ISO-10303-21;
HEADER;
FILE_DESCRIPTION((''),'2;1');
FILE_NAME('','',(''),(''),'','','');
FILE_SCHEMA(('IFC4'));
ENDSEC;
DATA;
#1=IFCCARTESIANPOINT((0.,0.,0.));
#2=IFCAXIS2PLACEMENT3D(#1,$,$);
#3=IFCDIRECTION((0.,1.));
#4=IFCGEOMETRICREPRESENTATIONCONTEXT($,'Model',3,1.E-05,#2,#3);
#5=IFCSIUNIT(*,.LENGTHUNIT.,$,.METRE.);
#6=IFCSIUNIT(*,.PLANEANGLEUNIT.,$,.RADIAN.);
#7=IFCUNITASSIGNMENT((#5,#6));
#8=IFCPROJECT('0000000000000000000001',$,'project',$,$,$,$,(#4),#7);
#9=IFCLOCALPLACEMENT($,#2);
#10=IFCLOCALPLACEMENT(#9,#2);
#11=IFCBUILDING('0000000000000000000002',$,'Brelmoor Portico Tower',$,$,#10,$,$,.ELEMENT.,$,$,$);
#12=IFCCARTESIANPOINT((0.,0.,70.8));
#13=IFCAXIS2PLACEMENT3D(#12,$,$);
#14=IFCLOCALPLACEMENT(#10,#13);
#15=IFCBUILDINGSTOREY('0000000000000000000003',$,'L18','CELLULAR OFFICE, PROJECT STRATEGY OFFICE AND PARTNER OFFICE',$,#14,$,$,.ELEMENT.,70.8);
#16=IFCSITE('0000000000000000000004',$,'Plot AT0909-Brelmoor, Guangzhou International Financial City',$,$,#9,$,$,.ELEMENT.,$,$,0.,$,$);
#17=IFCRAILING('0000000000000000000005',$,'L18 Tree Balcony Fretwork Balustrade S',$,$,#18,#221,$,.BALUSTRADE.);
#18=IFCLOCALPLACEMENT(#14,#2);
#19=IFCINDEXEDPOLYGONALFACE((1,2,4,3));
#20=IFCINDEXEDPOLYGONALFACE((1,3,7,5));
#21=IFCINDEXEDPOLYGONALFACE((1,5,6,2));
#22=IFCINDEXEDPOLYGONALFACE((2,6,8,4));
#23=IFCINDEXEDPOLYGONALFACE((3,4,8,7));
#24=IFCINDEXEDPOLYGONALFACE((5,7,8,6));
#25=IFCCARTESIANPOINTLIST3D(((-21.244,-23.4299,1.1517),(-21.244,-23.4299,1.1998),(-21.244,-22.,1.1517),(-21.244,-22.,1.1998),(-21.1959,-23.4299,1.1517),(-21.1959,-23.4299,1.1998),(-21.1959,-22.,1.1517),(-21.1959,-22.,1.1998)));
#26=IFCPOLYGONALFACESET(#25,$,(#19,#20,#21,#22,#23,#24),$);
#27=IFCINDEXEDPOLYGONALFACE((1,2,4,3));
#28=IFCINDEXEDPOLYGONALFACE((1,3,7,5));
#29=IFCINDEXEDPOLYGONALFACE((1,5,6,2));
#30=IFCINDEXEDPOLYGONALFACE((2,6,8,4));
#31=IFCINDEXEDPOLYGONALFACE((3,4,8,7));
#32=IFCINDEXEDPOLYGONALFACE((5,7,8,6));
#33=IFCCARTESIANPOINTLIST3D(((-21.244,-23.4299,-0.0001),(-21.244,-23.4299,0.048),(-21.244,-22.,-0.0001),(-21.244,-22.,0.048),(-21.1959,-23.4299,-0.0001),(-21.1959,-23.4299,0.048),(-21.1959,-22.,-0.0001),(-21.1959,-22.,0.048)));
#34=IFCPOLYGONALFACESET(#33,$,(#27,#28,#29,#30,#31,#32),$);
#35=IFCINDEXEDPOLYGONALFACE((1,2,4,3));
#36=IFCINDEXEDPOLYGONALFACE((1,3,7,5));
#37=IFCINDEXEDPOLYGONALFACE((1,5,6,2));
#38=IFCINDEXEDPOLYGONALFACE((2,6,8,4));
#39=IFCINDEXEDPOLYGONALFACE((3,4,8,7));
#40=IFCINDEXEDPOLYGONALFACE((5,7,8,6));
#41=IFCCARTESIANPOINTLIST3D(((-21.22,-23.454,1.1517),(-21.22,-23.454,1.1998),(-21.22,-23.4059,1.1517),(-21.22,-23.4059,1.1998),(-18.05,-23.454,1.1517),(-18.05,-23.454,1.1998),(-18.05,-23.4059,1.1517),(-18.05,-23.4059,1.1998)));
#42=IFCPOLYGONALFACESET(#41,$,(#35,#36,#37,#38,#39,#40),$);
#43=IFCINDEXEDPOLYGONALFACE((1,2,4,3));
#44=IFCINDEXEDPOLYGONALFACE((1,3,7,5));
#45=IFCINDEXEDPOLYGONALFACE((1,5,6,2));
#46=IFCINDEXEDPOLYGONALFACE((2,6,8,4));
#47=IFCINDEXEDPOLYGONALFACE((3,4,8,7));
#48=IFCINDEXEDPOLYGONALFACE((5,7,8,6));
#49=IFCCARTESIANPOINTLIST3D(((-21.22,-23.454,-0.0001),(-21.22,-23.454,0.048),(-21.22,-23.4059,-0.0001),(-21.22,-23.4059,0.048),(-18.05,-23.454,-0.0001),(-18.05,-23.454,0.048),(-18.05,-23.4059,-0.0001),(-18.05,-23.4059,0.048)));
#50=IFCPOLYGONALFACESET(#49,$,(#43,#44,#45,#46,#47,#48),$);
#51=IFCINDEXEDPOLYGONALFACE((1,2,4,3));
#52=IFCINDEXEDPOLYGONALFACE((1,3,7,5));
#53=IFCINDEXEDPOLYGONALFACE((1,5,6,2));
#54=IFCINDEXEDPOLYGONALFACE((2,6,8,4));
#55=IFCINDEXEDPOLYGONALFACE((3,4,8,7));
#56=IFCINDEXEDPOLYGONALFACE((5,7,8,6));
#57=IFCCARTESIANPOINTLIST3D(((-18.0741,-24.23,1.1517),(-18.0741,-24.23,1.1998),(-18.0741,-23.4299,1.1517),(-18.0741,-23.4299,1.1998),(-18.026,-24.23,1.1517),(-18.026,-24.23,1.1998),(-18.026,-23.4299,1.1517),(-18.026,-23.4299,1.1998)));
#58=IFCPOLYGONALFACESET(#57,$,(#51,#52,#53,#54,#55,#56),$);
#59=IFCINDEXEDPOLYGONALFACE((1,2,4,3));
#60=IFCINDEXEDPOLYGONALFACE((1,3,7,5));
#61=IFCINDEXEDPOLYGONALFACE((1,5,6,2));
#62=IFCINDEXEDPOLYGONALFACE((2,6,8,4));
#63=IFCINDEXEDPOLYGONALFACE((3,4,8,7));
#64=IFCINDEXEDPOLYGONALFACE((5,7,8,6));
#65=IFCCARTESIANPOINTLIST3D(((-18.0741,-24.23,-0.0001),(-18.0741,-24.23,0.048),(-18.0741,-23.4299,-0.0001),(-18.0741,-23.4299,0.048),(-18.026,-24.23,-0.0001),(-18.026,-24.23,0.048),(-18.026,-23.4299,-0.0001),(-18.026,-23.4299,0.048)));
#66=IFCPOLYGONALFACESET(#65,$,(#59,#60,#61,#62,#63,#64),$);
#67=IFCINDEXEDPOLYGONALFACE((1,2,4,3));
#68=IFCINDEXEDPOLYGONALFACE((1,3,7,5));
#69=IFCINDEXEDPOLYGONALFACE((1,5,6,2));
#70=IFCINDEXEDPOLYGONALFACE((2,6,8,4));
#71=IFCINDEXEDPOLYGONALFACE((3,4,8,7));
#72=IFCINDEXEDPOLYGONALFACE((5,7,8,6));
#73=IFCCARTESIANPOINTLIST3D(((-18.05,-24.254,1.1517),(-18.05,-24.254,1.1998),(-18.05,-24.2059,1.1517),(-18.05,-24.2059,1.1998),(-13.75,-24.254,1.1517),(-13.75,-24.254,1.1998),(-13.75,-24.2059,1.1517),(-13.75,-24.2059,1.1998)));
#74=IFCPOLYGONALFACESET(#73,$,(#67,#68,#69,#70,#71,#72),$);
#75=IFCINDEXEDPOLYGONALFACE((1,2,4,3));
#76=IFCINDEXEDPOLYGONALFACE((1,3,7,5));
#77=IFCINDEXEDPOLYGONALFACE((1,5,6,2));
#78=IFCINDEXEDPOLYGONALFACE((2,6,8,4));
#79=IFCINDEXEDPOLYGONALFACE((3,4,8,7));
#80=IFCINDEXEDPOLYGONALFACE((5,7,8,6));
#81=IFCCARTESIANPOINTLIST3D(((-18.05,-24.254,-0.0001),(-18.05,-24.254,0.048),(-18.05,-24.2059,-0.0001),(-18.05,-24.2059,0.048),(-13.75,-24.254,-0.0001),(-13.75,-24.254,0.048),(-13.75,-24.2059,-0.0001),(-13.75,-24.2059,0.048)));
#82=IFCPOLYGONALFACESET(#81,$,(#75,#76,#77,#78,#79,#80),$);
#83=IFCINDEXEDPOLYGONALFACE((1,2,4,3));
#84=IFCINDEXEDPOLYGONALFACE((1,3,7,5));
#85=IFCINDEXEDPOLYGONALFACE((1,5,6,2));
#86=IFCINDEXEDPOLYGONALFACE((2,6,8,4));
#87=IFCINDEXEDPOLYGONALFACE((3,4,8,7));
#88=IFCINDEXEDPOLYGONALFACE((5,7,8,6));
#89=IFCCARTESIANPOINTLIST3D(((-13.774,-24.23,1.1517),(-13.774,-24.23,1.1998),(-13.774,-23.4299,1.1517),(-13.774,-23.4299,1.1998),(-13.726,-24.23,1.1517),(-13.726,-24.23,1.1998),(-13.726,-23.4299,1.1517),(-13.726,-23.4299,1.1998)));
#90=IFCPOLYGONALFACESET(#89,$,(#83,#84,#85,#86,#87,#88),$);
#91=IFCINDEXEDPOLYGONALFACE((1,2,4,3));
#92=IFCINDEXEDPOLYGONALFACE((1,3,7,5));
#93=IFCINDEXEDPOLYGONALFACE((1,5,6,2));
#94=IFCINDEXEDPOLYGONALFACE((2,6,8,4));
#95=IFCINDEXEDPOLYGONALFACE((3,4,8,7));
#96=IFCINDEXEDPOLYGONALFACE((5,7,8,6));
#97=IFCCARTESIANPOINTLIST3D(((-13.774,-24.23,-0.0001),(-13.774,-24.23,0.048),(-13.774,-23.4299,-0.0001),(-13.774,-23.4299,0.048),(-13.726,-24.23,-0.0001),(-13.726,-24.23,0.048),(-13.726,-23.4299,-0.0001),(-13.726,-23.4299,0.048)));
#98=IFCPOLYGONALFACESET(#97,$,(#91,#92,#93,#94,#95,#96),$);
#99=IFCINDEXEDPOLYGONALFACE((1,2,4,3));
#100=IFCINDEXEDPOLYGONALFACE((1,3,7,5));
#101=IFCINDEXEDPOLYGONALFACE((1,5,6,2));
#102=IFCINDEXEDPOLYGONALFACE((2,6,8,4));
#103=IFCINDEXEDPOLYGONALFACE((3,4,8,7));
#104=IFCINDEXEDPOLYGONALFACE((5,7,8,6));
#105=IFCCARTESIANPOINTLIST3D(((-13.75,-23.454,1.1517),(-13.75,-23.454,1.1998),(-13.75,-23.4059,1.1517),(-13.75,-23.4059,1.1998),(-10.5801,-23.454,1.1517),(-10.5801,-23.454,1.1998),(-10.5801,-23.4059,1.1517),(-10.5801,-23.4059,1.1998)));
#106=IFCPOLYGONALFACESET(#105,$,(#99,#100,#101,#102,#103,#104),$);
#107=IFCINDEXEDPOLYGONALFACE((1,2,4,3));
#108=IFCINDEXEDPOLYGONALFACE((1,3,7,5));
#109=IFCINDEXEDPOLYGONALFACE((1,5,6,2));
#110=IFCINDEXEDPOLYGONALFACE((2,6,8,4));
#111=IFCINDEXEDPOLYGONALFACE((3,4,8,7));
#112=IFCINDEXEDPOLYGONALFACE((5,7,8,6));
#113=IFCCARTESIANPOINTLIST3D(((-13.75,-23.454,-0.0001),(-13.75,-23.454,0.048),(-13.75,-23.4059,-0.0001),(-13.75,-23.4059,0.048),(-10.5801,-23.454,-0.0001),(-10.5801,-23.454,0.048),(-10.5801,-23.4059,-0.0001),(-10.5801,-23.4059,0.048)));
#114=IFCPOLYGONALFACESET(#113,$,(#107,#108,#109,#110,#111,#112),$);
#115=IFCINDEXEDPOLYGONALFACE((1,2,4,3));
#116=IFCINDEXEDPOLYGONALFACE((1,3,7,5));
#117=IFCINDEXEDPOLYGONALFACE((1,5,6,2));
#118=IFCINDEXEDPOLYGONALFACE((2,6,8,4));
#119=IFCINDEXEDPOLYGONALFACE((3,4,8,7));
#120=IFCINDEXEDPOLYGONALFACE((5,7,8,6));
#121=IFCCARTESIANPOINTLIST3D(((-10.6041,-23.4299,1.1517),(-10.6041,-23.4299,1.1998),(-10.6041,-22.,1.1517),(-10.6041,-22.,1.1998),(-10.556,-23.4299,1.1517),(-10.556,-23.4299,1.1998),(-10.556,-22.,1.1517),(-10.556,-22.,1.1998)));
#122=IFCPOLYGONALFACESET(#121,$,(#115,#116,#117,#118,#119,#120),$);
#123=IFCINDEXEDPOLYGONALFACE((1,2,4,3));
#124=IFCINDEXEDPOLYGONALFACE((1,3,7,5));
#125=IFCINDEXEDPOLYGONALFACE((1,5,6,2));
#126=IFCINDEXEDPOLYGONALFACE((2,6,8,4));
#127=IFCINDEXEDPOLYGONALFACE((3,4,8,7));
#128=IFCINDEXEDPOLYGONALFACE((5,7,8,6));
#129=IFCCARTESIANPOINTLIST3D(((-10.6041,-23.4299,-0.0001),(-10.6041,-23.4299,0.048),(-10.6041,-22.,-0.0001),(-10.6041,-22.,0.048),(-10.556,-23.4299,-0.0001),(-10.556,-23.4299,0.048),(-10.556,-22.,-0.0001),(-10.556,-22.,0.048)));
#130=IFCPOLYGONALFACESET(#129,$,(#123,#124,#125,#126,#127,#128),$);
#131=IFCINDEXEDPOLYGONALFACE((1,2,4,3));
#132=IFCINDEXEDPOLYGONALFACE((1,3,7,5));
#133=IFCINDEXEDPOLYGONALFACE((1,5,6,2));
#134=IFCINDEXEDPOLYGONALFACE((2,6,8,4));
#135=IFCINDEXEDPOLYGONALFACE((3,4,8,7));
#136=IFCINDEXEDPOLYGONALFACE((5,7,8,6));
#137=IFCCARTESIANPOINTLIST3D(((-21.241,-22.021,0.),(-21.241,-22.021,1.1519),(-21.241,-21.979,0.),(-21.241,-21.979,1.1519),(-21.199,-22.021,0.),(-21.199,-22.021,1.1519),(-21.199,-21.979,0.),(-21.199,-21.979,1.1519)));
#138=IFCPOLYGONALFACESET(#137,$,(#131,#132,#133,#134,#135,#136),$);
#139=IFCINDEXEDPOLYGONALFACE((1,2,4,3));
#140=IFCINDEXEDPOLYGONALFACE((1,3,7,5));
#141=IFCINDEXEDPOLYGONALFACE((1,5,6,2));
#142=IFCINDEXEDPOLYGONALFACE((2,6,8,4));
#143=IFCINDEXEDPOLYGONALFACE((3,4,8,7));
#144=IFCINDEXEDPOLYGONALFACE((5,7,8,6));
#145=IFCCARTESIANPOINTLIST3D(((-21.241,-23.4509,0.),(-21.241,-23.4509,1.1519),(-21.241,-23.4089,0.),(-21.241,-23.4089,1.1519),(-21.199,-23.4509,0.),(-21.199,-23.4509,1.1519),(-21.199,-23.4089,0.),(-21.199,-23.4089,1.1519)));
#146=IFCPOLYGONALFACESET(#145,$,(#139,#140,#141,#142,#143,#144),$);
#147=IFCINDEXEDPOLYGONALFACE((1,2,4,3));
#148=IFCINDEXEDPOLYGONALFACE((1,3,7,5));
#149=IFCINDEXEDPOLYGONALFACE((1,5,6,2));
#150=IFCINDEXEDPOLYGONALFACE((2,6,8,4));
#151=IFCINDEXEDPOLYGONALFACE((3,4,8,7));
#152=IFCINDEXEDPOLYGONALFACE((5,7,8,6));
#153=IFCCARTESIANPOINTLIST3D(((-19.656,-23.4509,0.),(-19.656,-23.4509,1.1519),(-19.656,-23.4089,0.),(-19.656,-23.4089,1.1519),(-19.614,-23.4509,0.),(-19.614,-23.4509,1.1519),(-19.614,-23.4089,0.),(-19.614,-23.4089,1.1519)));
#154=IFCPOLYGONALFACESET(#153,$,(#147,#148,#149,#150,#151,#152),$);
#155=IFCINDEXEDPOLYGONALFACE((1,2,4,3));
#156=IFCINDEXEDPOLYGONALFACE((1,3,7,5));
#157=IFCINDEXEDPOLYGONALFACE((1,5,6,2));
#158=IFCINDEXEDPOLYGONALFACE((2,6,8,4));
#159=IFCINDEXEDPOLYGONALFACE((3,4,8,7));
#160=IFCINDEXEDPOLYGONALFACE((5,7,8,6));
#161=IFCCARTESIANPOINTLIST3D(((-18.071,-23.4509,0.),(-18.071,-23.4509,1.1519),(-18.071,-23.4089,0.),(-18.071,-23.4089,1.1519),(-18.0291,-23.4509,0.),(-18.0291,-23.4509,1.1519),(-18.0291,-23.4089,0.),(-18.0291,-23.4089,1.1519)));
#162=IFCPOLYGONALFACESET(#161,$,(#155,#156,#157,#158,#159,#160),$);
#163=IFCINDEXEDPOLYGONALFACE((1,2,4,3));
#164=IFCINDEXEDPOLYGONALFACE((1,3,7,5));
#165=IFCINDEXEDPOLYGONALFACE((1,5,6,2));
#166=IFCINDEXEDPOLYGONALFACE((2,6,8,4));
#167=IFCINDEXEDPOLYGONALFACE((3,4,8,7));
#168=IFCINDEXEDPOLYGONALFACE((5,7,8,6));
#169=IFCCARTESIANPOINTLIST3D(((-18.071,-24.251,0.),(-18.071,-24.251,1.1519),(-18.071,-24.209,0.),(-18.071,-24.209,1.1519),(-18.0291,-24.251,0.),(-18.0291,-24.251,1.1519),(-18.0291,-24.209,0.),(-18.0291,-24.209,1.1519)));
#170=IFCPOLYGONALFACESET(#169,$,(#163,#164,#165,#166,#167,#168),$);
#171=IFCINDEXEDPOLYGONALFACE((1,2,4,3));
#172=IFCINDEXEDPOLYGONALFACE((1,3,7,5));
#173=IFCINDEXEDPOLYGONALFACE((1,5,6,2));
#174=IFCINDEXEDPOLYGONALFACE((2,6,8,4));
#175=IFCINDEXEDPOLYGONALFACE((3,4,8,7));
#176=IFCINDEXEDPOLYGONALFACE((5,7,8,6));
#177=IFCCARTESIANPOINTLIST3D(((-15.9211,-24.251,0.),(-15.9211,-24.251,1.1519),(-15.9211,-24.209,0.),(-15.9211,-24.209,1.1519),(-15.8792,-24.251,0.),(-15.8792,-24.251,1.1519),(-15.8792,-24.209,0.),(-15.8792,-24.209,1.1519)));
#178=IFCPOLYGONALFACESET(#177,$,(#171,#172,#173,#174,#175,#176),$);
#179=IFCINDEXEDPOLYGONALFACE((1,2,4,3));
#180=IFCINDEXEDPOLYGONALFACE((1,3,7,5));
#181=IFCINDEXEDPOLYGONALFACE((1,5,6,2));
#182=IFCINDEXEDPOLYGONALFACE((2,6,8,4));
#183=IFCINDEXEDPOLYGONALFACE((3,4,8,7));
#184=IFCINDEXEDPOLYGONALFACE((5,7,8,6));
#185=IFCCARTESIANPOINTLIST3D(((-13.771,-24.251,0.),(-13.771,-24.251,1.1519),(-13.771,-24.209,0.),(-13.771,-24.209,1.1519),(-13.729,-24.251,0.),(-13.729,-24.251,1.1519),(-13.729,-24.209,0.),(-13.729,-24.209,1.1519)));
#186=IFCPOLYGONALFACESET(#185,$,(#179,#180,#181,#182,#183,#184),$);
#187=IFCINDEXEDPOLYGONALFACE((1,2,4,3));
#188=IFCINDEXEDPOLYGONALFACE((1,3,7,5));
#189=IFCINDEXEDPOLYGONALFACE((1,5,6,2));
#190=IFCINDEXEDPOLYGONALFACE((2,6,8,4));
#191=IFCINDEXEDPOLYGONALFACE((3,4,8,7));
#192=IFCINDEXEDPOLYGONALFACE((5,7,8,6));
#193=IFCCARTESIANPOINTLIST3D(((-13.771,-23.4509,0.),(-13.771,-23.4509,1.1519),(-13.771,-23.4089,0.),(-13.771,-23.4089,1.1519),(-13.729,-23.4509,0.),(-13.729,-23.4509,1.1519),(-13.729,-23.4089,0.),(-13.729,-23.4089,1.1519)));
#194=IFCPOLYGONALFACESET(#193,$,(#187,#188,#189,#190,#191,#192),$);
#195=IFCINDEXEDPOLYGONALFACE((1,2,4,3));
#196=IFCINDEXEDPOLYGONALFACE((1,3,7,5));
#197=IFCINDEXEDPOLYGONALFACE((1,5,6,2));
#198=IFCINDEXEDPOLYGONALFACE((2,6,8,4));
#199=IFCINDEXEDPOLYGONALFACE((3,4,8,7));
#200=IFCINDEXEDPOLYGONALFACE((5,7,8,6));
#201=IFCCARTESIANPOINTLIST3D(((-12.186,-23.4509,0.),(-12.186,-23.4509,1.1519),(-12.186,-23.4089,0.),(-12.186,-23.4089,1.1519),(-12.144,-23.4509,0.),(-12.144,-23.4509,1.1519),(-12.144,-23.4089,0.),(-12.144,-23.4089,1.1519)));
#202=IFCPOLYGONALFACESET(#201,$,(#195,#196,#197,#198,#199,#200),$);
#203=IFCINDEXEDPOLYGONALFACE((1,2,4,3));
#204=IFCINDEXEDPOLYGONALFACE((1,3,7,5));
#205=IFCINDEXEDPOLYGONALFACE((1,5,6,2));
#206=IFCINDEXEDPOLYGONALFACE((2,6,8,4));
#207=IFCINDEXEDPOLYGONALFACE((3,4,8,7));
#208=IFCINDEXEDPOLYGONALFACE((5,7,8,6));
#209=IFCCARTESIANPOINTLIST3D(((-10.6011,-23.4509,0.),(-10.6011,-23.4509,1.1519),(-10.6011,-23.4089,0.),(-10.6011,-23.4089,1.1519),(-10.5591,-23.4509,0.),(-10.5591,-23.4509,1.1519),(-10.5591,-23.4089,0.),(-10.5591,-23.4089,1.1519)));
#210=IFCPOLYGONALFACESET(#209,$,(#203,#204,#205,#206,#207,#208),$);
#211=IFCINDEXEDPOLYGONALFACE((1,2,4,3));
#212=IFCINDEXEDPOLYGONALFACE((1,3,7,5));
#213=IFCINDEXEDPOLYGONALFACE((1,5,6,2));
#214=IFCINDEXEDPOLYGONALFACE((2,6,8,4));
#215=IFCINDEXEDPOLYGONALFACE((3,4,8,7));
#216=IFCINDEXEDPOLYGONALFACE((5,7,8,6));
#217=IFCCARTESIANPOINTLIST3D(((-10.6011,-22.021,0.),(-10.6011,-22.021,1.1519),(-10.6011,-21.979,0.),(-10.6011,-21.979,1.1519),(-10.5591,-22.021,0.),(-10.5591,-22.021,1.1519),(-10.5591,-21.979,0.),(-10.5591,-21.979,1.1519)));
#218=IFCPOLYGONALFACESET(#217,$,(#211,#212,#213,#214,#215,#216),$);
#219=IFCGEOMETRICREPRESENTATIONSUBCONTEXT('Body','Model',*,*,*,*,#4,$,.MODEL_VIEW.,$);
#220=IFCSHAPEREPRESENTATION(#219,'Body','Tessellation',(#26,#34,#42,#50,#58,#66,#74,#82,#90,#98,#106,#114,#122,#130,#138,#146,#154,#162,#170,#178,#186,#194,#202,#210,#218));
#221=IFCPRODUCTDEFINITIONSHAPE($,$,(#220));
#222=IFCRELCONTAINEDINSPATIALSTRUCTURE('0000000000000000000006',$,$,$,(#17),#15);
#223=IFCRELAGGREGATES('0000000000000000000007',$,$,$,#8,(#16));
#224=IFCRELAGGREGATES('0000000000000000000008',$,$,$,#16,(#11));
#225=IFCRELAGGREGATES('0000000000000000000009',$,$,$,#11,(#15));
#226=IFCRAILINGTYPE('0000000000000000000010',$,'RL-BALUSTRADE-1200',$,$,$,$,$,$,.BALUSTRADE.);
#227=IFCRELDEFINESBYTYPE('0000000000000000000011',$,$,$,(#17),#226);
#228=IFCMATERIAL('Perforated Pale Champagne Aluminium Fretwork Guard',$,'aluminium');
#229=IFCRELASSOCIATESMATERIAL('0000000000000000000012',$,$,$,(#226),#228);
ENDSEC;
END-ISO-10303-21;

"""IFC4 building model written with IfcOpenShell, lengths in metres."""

from ifc_helpers import new_model, si_unit, direction, frame, origin, origin_2d, place, context, subcontext, project, spatial, rectangle, extrude, material, type_object, element, save


model = new_model("IFC4")

# Units and contexts
model_context = context("Model", 3, precision=1e-05, world=origin(), true_north=direction((0.0, 1.0)))
body_context = subcontext(model_context, "Body", "Model", "MODEL_VIEW")
ifc_project = project(units=[si_unit("LENGTHUNIT", "METRE"), si_unit("PLANEANGLEUNIT", "RADIAN")], contexts=[model_context])

# Site, building, storey
site_placement = place(None, origin())
site = spatial("IfcSite", under=ifc_project, at=site_placement, Name="Plot AT0909-Brelmoor, Guangzhou International Financial City", CompositionType="ELEMENT", RefElevation=0.0)
building_placement = place(site_placement, origin())
building = spatial("IfcBuilding", under=site, at=building_placement, Name="Brelmoor Portico Tower", CompositionType="ELEMENT")
storey_placement = place(building_placement, frame((0.0, 0.0, 70.8)))
storey = spatial("IfcBuildingStorey", under=building, at=storey_placement, Name="L18", Description="CELLULAR OFFICE, PROJECT STRATEGY OFFICE AND PARTNER OFFICE", CompositionType="ELEMENT", Elevation=70.8)

# Railing
ifc_material_1 = material(Name="Perforated Pale Champagne Aluminium Fretwork Guard", Category="aluminium")
railing_type = type_object("IfcRailingType", Name="RL-BALUSTRADE-1200", PredefinedType="BALUSTRADE", material=ifc_material_1)
railing_1_placement = place(storey_placement, frame((-21.22, -22.0, 0.0)))
element("IfcRailing", 1, at=railing_1_placement, inside=storey, type_object=railing_type, Name="L18 Tree Balcony Fretwork Balustrade S", PredefinedType="BALUSTRADE", context=body_context, shape_type="SweptSolid", body=[
    extrude(rectangle(XDim=0.0481, YDim=0.0481, at=origin_2d()), frame((0.0, 0.0, 1.1758), z_axis=(0.0, -1.0, 0.0), x_axis=(1.0, 0.0, 0.0)), (0.0, 0.0, 1.0), 1.4299),
    extrude(rectangle(XDim=0.0481, YDim=0.0481, at=origin_2d()), frame((0.0, 0.0, 0.0239), z_axis=(0.0, -1.0, 0.0), x_axis=(1.0, 0.0, 0.0)), (0.0, 0.0, 1.0), 1.4299),
    extrude(rectangle(XDim=0.0481, YDim=0.0481, at=origin_2d()), frame((0.0, -1.4299, 1.1758), z_axis=(1.0, 0.0, 0.0), x_axis=(0.0, 1.0, 0.0)), (0.0, 0.0, 1.0), 3.1699),
    extrude(rectangle(XDim=0.0481, YDim=0.0481, at=origin_2d()), frame((0.0, -1.4299, 0.0239), z_axis=(1.0, 0.0, 0.0), x_axis=(0.0, 1.0, 0.0)), (0.0, 0.0, 1.0), 3.1699),
    extrude(rectangle(XDim=0.0481, YDim=0.0481, at=origin_2d()), frame((3.1699, -1.4299, 1.1758), z_axis=(0.0, -1.0, 0.0), x_axis=(1.0, 0.0, 0.0)), (0.0, 0.0, 1.0), 0.8),
    extrude(rectangle(XDim=0.0481, YDim=0.0481, at=origin_2d()), frame((3.1699, -1.4299, 0.0239), z_axis=(0.0, -1.0, 0.0), x_axis=(1.0, 0.0, 0.0)), (0.0, 0.0, 1.0), 0.8),
    extrude(rectangle(XDim=0.0481, YDim=0.0481, at=origin_2d()), frame((3.1699, -2.23, 1.1758), z_axis=(1.0, 0.0, 0.0), x_axis=(0.0, 1.0, 0.0)), (0.0, 0.0, 1.0), 4.3),
    extrude(rectangle(XDim=0.0481, YDim=0.0481, at=origin_2d()), frame((3.1699, -2.23, 0.0239), z_axis=(1.0, 0.0, 0.0), x_axis=(0.0, 1.0, 0.0)), (0.0, 0.0, 1.0), 4.3),
    extrude(rectangle(XDim=0.0481, YDim=0.0481, at=origin_2d()), frame((7.47, -2.23, 1.1758), z_axis=(0.0, 1.0, 0.0), x_axis=(-1.0, 0.0, 0.0)), (0.0, 0.0, 1.0), 0.8),
    extrude(rectangle(XDim=0.0481, YDim=0.0481, at=origin_2d()), frame((7.47, -2.23, 0.0239), z_axis=(0.0, 1.0, 0.0), x_axis=(-1.0, 0.0, 0.0)), (0.0, 0.0, 1.0), 0.8),
    extrude(rectangle(XDim=0.0481, YDim=0.0481, at=origin_2d()), frame((7.47, -1.4299, 1.1758), z_axis=(1.0, 0.0, 0.0), x_axis=(0.0, 1.0, 0.0)), (0.0, 0.0, 1.0), 3.1699),
    extrude(rectangle(XDim=0.0481, YDim=0.0481, at=origin_2d()), frame((7.47, -1.4299, 0.0239), z_axis=(1.0, 0.0, 0.0), x_axis=(0.0, 1.0, 0.0)), (0.0, 0.0, 1.0), 3.1699),
    extrude(rectangle(XDim=0.0481, YDim=0.0481, at=origin_2d()), frame((10.6399, -1.4299, 1.1758), z_axis=(0.0, 1.0, 0.0), x_axis=(-1.0, 0.0, 0.0)), (0.0, 0.0, 1.0), 1.4299),
    extrude(rectangle(XDim=0.0481, YDim=0.0481, at=origin_2d()), frame((10.6399, -1.4299, 0.0239), z_axis=(0.0, 1.0, 0.0), x_axis=(-1.0, 0.0, 0.0)), (0.0, 0.0, 1.0), 1.4299),
    extrude(rectangle(XDim=0.042, YDim=0.042, at=origin_2d()), origin(), (0.0, 0.0, 1.0), 1.1519),
    extrude(rectangle(XDim=0.042, YDim=0.042, at=origin_2d()), frame((0.0, -1.4299, 0.0)), (0.0, 0.0, 1.0), 1.1519),
    extrude(rectangle(XDim=0.042, YDim=0.042, at=origin_2d()), frame((1.585, -1.4299, 0.0)), (0.0, 0.0, 1.0), 1.1519),
    extrude(rectangle(XDim=0.042, YDim=0.042, at=origin_2d()), frame((3.1699, -1.4299, 0.0)), (0.0, 0.0, 1.0), 1.1519),
    extrude(rectangle(XDim=0.042, YDim=0.042, at=origin_2d()), frame((3.1699, -2.23, 0.0)), (0.0, 0.0, 1.0), 1.1519),
    extrude(rectangle(XDim=0.042, YDim=0.042, at=origin_2d()), frame((5.3198, -2.23, 0.0)), (0.0, 0.0, 1.0), 1.1519),
    extrude(rectangle(XDim=0.042, YDim=0.042, at=origin_2d()), frame((7.47, -2.23, 0.0)), (0.0, 0.0, 1.0), 1.1519),
    extrude(rectangle(XDim=0.042, YDim=0.042, at=origin_2d()), frame((7.47, -1.4299, 0.0)), (0.0, 0.0, 1.0), 1.1519),
    extrude(rectangle(XDim=0.042, YDim=0.042, at=origin_2d()), frame((9.0549, -1.4299, 0.0)), (0.0, 0.0, 1.0), 1.1519),
    extrude(rectangle(XDim=0.042, YDim=0.042, at=origin_2d()), frame((10.6399, -1.4299, 0.0)), (0.0, 0.0, 1.0), 1.1519),
    extrude(rectangle(XDim=0.042, YDim=0.042, at=origin_2d()), frame((10.6399, 0.0, 0.0)), (0.0, 0.0, 1.0), 1.1519),
])

save(model, "model.ifc")
